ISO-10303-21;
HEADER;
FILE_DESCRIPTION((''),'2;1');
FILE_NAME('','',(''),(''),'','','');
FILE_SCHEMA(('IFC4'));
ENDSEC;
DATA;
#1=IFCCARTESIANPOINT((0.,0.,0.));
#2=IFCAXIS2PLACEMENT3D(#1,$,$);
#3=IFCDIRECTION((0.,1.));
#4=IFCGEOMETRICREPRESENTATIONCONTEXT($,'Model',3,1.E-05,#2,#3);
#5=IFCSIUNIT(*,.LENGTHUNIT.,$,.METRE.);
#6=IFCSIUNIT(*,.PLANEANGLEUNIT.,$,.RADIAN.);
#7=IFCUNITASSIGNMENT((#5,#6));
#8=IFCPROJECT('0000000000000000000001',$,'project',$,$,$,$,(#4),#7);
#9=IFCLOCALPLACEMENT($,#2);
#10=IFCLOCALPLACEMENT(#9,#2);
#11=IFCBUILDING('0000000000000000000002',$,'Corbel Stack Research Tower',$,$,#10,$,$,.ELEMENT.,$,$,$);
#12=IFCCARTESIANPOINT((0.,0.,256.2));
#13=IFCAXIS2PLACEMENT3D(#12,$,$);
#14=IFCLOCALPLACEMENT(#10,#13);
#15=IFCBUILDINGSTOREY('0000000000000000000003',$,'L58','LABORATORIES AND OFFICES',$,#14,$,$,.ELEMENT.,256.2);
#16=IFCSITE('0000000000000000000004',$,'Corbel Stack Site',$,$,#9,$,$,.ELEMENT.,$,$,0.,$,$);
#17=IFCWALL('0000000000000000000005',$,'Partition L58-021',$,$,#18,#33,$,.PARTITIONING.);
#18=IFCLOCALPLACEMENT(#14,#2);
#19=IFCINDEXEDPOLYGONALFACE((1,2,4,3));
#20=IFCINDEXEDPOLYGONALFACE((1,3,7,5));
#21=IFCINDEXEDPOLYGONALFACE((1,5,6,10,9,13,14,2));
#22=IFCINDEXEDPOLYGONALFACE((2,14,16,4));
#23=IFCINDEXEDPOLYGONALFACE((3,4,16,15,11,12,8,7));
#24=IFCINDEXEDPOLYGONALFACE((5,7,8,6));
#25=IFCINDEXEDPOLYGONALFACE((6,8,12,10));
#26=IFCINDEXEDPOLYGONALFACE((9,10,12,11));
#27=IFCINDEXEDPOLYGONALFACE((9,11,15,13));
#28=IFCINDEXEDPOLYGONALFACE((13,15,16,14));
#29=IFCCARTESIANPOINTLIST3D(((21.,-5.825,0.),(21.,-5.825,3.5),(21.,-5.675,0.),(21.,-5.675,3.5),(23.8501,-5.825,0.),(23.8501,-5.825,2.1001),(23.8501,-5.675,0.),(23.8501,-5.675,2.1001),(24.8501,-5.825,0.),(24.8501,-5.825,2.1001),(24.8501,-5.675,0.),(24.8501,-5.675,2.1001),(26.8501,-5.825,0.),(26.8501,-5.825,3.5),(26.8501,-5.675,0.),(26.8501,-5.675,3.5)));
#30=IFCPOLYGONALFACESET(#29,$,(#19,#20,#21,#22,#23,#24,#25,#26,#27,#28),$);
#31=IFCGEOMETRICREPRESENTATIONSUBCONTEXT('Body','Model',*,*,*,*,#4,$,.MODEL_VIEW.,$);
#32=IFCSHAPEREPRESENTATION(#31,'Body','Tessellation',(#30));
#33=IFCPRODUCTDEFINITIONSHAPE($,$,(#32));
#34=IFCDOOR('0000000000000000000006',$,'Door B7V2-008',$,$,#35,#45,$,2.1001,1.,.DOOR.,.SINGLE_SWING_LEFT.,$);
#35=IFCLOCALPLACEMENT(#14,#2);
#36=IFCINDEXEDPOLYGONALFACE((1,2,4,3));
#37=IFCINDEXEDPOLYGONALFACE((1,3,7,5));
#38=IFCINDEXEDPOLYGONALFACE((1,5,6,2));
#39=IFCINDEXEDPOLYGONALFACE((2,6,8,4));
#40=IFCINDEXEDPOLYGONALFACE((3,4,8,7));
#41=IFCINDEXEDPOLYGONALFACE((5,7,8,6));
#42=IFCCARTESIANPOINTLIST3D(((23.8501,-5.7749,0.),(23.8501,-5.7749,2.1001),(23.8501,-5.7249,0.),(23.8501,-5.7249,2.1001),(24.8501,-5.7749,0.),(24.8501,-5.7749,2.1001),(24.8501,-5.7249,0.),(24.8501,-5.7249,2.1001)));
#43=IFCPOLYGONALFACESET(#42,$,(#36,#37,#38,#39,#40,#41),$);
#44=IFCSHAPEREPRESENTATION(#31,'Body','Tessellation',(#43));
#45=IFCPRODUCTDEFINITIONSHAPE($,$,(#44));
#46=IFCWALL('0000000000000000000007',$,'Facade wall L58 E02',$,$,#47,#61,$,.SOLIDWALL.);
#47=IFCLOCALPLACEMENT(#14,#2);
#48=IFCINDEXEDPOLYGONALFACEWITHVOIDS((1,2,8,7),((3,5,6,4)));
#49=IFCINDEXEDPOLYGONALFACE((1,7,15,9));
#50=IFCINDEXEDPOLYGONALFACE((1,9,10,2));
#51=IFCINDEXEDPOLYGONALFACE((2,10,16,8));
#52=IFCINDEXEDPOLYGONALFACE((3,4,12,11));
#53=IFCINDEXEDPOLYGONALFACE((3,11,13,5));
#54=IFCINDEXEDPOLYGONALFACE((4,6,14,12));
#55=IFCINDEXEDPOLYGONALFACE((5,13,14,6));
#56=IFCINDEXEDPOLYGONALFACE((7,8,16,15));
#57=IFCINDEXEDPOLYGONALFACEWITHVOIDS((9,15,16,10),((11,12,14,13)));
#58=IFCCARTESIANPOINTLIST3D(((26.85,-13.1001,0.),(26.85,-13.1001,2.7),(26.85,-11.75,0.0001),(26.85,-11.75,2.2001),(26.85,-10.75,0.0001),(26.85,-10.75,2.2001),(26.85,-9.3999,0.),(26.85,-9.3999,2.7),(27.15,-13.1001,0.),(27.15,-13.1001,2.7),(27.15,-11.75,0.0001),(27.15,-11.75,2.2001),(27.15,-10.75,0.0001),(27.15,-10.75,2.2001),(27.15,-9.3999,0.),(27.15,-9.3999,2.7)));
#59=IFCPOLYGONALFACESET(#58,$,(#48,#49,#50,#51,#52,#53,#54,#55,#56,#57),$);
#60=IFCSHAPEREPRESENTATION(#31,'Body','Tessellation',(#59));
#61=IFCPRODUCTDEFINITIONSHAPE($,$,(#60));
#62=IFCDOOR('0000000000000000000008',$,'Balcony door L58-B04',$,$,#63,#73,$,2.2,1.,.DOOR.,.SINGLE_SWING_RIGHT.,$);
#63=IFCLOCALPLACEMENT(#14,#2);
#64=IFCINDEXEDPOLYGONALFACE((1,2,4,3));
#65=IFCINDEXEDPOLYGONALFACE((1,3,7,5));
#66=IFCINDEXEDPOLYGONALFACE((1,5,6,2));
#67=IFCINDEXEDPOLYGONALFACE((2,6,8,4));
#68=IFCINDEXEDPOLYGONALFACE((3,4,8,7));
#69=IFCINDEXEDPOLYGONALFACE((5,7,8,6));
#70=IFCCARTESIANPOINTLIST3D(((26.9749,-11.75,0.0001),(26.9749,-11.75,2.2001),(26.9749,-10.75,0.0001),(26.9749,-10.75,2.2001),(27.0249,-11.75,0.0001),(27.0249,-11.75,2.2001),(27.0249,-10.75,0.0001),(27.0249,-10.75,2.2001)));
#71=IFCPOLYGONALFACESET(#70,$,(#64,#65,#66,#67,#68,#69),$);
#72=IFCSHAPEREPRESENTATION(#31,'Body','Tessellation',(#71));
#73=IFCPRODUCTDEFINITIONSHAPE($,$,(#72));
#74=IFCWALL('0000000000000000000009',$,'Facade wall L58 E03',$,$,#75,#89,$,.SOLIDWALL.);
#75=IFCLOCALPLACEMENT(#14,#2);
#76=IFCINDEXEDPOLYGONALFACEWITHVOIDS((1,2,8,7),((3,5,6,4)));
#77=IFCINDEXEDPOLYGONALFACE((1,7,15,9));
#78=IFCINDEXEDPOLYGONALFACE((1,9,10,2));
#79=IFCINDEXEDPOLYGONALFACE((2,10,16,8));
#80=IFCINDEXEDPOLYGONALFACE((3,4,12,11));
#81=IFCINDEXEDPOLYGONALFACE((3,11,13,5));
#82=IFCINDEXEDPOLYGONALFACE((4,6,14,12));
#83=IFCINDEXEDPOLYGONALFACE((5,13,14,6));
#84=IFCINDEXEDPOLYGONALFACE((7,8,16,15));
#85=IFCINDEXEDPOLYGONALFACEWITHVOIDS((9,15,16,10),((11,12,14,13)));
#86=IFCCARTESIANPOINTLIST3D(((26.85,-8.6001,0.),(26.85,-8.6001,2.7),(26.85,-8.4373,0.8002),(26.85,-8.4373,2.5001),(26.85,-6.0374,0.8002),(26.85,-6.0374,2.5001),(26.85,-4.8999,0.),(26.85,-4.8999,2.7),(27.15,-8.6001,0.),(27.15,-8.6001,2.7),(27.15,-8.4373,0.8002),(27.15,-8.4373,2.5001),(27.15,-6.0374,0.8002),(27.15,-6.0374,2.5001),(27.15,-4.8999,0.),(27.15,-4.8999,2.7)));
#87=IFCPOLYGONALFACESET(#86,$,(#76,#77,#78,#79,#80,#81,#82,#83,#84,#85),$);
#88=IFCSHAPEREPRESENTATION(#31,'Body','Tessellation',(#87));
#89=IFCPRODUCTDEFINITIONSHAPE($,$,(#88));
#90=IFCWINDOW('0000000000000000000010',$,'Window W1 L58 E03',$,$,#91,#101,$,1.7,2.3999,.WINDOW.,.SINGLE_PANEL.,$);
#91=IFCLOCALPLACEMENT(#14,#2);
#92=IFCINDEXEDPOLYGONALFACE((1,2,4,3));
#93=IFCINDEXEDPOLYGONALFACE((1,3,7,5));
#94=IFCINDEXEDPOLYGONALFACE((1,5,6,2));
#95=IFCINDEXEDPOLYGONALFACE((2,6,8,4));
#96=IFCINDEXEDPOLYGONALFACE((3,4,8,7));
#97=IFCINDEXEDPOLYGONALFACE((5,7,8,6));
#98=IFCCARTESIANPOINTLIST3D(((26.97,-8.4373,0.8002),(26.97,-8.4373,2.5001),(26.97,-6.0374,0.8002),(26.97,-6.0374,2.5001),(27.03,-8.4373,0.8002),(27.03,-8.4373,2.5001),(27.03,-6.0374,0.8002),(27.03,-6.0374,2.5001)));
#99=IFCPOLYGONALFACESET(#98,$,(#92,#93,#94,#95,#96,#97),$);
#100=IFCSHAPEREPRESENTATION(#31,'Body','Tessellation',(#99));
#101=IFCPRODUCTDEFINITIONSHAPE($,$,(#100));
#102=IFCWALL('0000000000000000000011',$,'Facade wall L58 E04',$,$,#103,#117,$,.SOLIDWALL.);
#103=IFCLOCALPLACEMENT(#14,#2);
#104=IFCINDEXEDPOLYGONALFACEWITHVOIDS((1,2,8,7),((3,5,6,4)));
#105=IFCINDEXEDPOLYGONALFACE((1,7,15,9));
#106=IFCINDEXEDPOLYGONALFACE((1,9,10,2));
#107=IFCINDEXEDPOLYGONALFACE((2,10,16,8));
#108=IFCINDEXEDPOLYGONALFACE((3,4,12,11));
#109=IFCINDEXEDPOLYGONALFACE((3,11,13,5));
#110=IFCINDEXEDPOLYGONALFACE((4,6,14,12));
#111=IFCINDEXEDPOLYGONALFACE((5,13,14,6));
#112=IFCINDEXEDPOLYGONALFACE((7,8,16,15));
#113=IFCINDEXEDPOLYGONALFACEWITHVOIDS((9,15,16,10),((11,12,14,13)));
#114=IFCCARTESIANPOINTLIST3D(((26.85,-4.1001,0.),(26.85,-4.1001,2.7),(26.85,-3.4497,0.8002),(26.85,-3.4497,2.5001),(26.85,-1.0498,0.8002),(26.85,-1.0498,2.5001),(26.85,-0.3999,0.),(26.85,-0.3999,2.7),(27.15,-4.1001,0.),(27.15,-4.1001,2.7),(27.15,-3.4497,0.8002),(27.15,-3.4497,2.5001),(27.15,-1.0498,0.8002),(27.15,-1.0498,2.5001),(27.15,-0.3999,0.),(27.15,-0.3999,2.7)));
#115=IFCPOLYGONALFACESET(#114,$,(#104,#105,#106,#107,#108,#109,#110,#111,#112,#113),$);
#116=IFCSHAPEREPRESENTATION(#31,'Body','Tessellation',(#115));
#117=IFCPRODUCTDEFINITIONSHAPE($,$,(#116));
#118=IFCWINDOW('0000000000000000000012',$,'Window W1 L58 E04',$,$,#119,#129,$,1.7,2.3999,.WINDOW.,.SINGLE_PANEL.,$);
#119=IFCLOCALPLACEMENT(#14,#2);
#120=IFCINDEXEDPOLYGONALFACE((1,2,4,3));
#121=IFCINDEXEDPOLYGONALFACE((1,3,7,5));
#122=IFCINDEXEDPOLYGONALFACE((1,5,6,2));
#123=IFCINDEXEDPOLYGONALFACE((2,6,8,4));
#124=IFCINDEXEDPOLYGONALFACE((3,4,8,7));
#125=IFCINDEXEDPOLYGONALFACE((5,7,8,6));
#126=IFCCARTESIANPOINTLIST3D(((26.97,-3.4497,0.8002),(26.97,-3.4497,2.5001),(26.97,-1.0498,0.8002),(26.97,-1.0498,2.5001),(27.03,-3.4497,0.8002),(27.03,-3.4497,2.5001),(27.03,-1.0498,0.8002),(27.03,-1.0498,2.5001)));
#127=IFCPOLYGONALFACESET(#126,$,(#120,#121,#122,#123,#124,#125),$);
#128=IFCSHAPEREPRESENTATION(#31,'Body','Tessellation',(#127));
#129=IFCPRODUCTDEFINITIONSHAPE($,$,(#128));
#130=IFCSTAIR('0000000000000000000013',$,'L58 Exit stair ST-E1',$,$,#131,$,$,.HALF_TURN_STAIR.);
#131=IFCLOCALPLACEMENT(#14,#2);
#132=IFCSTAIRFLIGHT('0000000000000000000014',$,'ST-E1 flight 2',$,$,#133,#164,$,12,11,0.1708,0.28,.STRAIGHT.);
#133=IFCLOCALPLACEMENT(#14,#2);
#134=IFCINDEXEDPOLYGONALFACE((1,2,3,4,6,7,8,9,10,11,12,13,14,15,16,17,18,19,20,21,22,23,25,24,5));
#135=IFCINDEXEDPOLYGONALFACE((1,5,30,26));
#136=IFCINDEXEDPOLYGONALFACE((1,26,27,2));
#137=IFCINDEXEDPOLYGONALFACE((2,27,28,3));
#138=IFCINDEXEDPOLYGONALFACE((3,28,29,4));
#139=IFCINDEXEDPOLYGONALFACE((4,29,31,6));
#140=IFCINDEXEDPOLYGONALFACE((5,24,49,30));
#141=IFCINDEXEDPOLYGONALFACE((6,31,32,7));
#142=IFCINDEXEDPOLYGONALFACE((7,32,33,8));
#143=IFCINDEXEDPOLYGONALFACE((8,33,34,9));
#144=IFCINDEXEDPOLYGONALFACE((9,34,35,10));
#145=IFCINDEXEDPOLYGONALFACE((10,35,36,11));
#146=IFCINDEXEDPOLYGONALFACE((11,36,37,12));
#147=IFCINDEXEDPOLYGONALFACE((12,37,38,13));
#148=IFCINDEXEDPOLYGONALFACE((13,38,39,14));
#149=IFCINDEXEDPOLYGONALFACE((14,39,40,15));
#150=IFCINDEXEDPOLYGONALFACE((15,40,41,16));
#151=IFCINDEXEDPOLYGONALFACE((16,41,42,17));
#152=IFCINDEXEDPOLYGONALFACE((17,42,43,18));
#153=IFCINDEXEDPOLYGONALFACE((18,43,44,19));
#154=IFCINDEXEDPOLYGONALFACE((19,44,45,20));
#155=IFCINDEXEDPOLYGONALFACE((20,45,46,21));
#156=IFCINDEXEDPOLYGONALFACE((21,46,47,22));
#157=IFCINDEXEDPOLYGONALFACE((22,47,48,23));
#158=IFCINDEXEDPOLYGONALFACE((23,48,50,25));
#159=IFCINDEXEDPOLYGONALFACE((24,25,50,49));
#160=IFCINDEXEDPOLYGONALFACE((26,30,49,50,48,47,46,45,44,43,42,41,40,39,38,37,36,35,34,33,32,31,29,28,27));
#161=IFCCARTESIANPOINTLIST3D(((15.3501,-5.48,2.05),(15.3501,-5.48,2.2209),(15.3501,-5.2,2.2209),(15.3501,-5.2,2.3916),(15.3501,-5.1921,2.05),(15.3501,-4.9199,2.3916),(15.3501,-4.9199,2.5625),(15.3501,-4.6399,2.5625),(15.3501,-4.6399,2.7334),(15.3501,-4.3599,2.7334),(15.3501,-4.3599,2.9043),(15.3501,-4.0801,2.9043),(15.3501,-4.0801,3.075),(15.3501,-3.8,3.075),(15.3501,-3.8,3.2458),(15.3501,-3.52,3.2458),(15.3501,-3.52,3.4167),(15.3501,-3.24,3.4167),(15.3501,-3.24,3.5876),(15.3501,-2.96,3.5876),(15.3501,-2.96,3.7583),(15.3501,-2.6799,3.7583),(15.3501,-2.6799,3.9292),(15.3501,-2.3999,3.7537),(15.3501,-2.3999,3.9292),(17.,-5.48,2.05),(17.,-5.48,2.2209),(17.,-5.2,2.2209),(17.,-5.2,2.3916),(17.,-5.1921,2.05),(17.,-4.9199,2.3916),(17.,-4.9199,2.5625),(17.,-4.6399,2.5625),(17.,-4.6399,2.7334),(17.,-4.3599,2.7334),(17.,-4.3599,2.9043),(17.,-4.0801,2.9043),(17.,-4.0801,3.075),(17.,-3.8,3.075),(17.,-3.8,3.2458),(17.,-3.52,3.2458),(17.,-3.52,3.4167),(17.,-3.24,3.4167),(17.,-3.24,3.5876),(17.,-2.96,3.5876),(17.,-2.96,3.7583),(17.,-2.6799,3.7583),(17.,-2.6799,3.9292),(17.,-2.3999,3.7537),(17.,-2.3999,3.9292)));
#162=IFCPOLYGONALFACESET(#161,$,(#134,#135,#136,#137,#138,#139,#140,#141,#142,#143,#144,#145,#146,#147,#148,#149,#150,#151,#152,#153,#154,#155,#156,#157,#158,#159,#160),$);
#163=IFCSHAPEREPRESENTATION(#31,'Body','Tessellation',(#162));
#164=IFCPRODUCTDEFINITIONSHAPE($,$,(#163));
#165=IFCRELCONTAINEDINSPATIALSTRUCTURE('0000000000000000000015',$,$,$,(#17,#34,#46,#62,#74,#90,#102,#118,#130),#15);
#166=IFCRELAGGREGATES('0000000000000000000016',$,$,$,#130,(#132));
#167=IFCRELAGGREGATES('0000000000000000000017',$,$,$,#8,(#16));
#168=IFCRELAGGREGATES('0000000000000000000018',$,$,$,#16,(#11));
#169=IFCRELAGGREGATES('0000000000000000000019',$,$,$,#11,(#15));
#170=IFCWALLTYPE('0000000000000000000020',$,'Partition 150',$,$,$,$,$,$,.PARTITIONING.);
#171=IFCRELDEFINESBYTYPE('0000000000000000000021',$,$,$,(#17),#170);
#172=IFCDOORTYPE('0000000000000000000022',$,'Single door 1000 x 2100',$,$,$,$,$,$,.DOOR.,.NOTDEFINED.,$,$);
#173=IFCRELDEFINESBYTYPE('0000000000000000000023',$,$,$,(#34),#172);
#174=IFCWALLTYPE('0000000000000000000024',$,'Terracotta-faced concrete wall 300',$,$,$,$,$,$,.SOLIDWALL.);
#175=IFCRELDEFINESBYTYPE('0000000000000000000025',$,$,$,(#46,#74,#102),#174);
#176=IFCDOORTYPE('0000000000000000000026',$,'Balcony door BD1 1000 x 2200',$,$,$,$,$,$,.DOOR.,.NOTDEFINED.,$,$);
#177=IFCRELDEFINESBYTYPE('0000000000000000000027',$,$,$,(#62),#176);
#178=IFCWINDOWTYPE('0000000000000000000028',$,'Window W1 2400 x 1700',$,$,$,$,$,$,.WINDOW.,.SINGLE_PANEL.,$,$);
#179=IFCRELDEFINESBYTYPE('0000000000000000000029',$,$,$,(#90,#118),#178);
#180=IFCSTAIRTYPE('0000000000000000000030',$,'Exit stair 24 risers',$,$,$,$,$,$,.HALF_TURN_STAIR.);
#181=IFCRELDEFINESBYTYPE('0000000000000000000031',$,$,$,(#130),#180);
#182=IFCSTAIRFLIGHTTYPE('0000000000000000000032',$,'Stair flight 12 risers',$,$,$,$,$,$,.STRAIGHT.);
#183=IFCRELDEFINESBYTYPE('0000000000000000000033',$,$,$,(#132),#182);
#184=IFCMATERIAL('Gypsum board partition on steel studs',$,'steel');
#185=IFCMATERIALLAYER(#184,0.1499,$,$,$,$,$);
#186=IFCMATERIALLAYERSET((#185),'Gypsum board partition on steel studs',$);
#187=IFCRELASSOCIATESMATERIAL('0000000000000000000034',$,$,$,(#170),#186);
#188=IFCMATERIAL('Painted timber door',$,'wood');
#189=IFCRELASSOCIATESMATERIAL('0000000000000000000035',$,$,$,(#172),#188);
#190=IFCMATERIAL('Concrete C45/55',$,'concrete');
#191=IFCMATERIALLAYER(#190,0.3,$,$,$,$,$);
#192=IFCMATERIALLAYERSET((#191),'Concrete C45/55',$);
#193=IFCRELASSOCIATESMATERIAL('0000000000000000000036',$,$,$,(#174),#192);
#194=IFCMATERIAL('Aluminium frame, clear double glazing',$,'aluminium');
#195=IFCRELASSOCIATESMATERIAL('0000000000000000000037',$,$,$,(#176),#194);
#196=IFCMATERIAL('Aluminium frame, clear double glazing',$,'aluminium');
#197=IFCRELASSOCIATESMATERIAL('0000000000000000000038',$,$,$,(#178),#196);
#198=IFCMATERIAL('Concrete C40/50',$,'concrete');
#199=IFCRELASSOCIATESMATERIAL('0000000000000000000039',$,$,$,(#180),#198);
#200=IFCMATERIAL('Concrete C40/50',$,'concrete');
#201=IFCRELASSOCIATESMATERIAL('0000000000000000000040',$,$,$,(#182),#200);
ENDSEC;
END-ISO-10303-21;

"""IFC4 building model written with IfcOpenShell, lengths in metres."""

from ifc_helpers import new_model, si_unit, direction, frame, frame_2d, origin, place, context, subcontext, project, spatial, polyline, rectangle, outline, extrude, material, layer, layer_set, type_object, element, fill, aggregate, save


model = new_model("IFC4")

# Units and contexts
model_context = context("Model", 3, precision=1e-05, world=origin(), true_north=direction((0.0, 1.0)))
body_context = subcontext(model_context, "Body", "Model", "MODEL_VIEW")
ifc_project = project(units=[si_unit("LENGTHUNIT", "METRE"), si_unit("PLANEANGLEUNIT", "RADIAN")], contexts=[model_context])

# Site, building, storey
site_placement = place(None, origin())
site = spatial("IfcSite", under=ifc_project, at=site_placement, Name="Corbel Stack Site", CompositionType="ELEMENT", RefElevation=0.0)
building_placement = place(site_placement, origin())
building = spatial("IfcBuilding", under=site, at=building_placement, Name="Corbel Stack Research Tower", CompositionType="ELEMENT")
storey_placement = place(building_placement, frame((0.0, 0.0, 256.2)))
storey = spatial("IfcBuildingStorey", under=building, at=storey_placement, Name="L58", Description="LABORATORIES AND OFFICES", CompositionType="ELEMENT", Elevation=256.2)

# Walls, openings, doors
ifc_material_1 = material(Name="Gypsum board partition on steel studs", Category="steel")
ifc_layer_1 = layer(ifc_material_1, 0.1499)
ifc_layer_set_1 = layer_set([ifc_layer_1], Name="Gypsum board partition on steel studs")
wall_type_1 = type_object("IfcWallType", Name="Partition 150", PredefinedType="PARTITIONING", material=ifc_layer_set_1)
wall_1_placement = place(storey_placement, frame((26.8501, -5.75, 0.0), z_axis=(0.0, 0.0, 1.0), x_axis=(-1.0, 0.0, 0.0)))
wall_1 = element("IfcWall", 1, at=wall_1_placement, inside=storey, type_object=wall_type_1, Name="Partition L58-021", PredefinedType="PARTITIONING", context=body_context, shape_type="SweptSolid", body=[
    extrude(rectangle(XDim=5.8501, YDim=0.1499, at=frame_2d((2.925, 0.0))), origin(), (0.0, 0.0, 1.0), 3.5),
])
opening_1_placement = place(wall_1_placement, frame((2.0, 0.0, 0.0)))
opening_1 = element("IfcOpeningElement", 2, at=opening_1_placement, cuts=wall_1, PredefinedType="OPENING", context=body_context, shape_type="SweptSolid", body=[
    extrude(rectangle(XDim=1.0, YDim=2.1001, at=frame_2d((0.5, 1.05))), frame((0.0, 0.085, 0.0), z_axis=(0.0, -1.0, 0.0), x_axis=(1.0, 0.0, 0.0)), (0.0, 0.0, 1.0), 0.1699),
])
ifc_material_2 = material(Name="Painted timber door", Category="wood")
door_type_1 = type_object("IfcDoorType", Name="Single door 1000 x 2100", OperationType="NOTDEFINED", PredefinedType="DOOR", material=ifc_material_2)
door_1_placement = place(opening_1_placement, origin())
door_1 = element("IfcDoor", 3, at=door_1_placement, inside=storey, type_object=door_type_1, Name="Door B7V2-008", OperationType="SINGLE_SWING_LEFT", OverallHeight=2.1001, OverallWidth=1.0, PredefinedType="DOOR", context=body_context, shape_type="SweptSolid", body=[
    extrude(rectangle(XDim=1.0, YDim=2.1001, at=frame_2d((0.5, 1.05))), frame((0.0, 0.0249, 0.0), z_axis=(0.0, -1.0, 0.0), x_axis=(1.0, 0.0, 0.0)), (0.0, 0.0, 1.0), 0.05),
])
fill(opening_1, door_1)
ifc_material_3 = material(Name="Concrete C45/55", Category="concrete")
ifc_layer_2 = layer(ifc_material_3, 0.3)
ifc_layer_set_2 = layer_set([ifc_layer_2], Name="Concrete C45/55")
wall_type_2 = type_object("IfcWallType", Name="Terracotta-faced concrete wall 300", PredefinedType="SOLIDWALL", material=ifc_layer_set_2)
wall_2_placement = place(storey_placement, frame((27.0, -9.3999, 0.0), z_axis=(0.0, 0.0, 1.0), x_axis=(0.0, -1.0, 0.0)))
wall_2 = element("IfcWall", 4, at=wall_2_placement, inside=storey, type_object=wall_type_2, Name="Facade wall L58 E02", PredefinedType="SOLIDWALL", context=body_context, shape_type="SweptSolid", body=[
    extrude(rectangle(XDim=3.7002, YDim=0.3, at=frame_2d((1.8501, 0.0))), origin(), (0.0, 0.0, 1.0), 2.7),
])
opening_2_placement = place(wall_2_placement, frame((1.3501, 0.0, 0.0)))
opening_2 = element("IfcOpeningElement", 5, at=opening_2_placement, cuts=wall_2, PredefinedType="OPENING", context=body_context, shape_type="SweptSolid", body=[
    extrude(rectangle(XDim=1.0, YDim=2.2, at=frame_2d((0.5, 1.1001))), frame((0.0, 0.1599, 0.0), z_axis=(0.0, -1.0, 0.0), x_axis=(1.0, 0.0, 0.0)), (0.0, 0.0, 1.0), 0.3201),
])
ifc_material_4 = material(Name="Aluminium frame, clear double glazing", Category="aluminium")
door_type_2 = type_object("IfcDoorType", Name="Balcony door BD1 1000 x 2200", OperationType="NOTDEFINED", PredefinedType="DOOR", material=ifc_material_4)
door_2_placement = place(opening_2_placement, origin())
door_2 = element("IfcDoor", 6, at=door_2_placement, inside=storey, type_object=door_type_2, Name="Balcony door L58-B04", OperationType="SINGLE_SWING_RIGHT", OverallHeight=2.2, OverallWidth=1.0, PredefinedType="DOOR", context=body_context, shape_type="SweptSolid", body=[
    extrude(rectangle(XDim=1.0, YDim=2.2, at=frame_2d((0.5, 1.1001))), frame((0.0, 0.0249, 0.0), z_axis=(0.0, -1.0, 0.0), x_axis=(1.0, 0.0, 0.0)), (0.0, 0.0, 1.0), 0.05),
])
fill(opening_2, door_2)

# Walls, openings, windows
wall_3_placement = place(storey_placement, frame((27.0, -4.8999, 0.0), z_axis=(0.0, 0.0, 1.0), x_axis=(0.0, -1.0, 0.0)))
wall_3 = element("IfcWall", 7, at=wall_3_placement, inside=storey, type_object=wall_type_2, Name="Facade wall L58 E03", PredefinedType="SOLIDWALL", context=body_context, shape_type="SweptSolid", body=[
    extrude(rectangle(XDim=3.7002, YDim=0.3, at=frame_2d((1.8501, 0.0))), origin(), (0.0, 0.0, 1.0), 2.7),
])
opening_3_placement = place(wall_3_placement, frame((1.1375, 0.0, 0.8)))
opening_3 = element("IfcOpeningElement", 8, at=opening_3_placement, cuts=wall_3, PredefinedType="OPENING", context=body_context, shape_type="SweptSolid", body=[
    extrude(rectangle(XDim=2.3999, YDim=1.7, at=frame_2d((1.2, 0.8501))), frame((0.0, 0.1599, 0.0), z_axis=(0.0, -1.0, 0.0), x_axis=(1.0, 0.0, 0.0)), (0.0, 0.0, 1.0), 0.3201),
])
ifc_material_5 = material(Name="Aluminium frame, clear double glazing", Category="aluminium")
window_type = type_object("IfcWindowType", Name="Window W1 2400 x 1700", PartitioningType="SINGLE_PANEL", PredefinedType="WINDOW", material=ifc_material_5)
window_1_placement = place(opening_3_placement, origin())
window_1 = element("IfcWindow", 9, at=window_1_placement, inside=storey, type_object=window_type, Name="Window W1 L58 E03", OverallHeight=1.7, OverallWidth=2.3999, PartitioningType="SINGLE_PANEL", PredefinedType="WINDOW", context=body_context, shape_type="SweptSolid", body=[
    extrude(rectangle(XDim=2.3999, YDim=1.7, at=frame_2d((1.2, 0.8501))), frame((0.0, 0.03, 0.0), z_axis=(0.0, -1.0, 0.0), x_axis=(1.0, 0.0, 0.0)), (0.0, 0.0, 1.0), 0.0601),
])
fill(opening_3, window_1)
wall_4_placement = place(storey_placement, frame((27.0, -0.3999, 0.0), z_axis=(0.0, 0.0, 1.0), x_axis=(0.0, -1.0, 0.0)))
wall_4 = element("IfcWall", 10, at=wall_4_placement, inside=storey, type_object=wall_type_2, Name="Facade wall L58 E04", PredefinedType="SOLIDWALL", context=body_context, shape_type="SweptSolid", body=[
    extrude(rectangle(XDim=3.7002, YDim=0.3, at=frame_2d((1.8501, 0.0))), origin(), (0.0, 0.0, 1.0), 2.7),
])
opening_4_placement = place(wall_4_placement, frame((0.6499, 0.0, 0.8)))
opening_4 = element("IfcOpeningElement", 11, at=opening_4_placement, cuts=wall_4, PredefinedType="OPENING", context=body_context, shape_type="SweptSolid", body=[
    extrude(rectangle(XDim=2.3999, YDim=1.7, at=frame_2d((1.2, 0.8501))), frame((0.0, 0.1599, 0.0), z_axis=(0.0, -1.0, 0.0), x_axis=(1.0, 0.0, 0.0)), (0.0, 0.0, 1.0), 0.3201),
])
window_2_placement = place(opening_4_placement, origin())
window_2 = element("IfcWindow", 12, at=window_2_placement, inside=storey, type_object=window_type, Name="Window W1 L58 E04", OverallHeight=1.7, OverallWidth=2.3999, PartitioningType="SINGLE_PANEL", PredefinedType="WINDOW", context=body_context, shape_type="SweptSolid", body=[
    extrude(rectangle(XDim=2.3999, YDim=1.7, at=frame_2d((1.2, 0.8501))), frame((0.0, 0.03, 0.0), z_axis=(0.0, -1.0, 0.0), x_axis=(1.0, 0.0, 0.0)), (0.0, 0.0, 1.0), 0.0601),
])
fill(opening_4, window_2)

# Stair, stair flight
ifc_material_6 = material(Name="Concrete C40/50", Category="concrete")
stair_type = type_object("IfcStairType", Name="Exit stair 24 risers", PredefinedType="HALF_TURN_STAIR", material=ifc_material_6)
stair_placement = place(storey_placement, origin())
stair = element("IfcStair", 13, at=stair_placement, inside=storey, type_object=stair_type, Name="L58 Exit stair ST-E1", PredefinedType="HALF_TURN_STAIR")
ifc_material_7 = material(Name="Concrete C40/50", Category="concrete")
stair_flight_type = type_object("IfcStairFlightType", Name="Stair flight 12 risers", PredefinedType="STRAIGHT", material=ifc_material_7)
stair_flight_placement = place(storey_placement, frame((16.175, -5.48, 2.05), z_axis=(0.0, 0.0, 1.0), x_axis=(0.0, 1.0, 0.0)))
stair_flight = element("IfcStairFlight", 14, at=stair_flight_placement, type_object=stair_flight_type, Name="ST-E1 flight 2", NumberOfRisers=12, NumberOfTreads=11, PredefinedType="STRAIGHT", RiserHeight=0.1708, TreadLength=0.28, context=body_context, shape_type="SweptSolid", body=[
    extrude(outline(polyline([(0.0, 0.0), (0.0, 0.1709), (0.28, 0.1709), (0.28, 0.3416), (0.5601, 0.3416), (0.5601, 0.5125), (0.8401, 0.5125), (0.8401, 0.6833), (1.1201, 0.6833), (1.1201, 0.8542), (1.3999, 0.8542), (1.3999, 1.0249), (1.6799, 1.0249), (1.6799, 1.1958), (1.96, 1.1958), (1.96, 1.3667), (2.24, 1.3667), (2.24, 1.5376), (2.52, 1.5376), (2.52, 1.7083), (2.8, 1.7083), (2.8, 1.8792), (3.0801, 1.8792), (3.0801, 2.05), (3.0801, 1.7036), (0.2878, 0.0), (0.0, 0.0)])), frame((0.0, 0.825, 0.0), z_axis=(0.0, -1.0, 0.0), x_axis=(1.0, 0.0, 0.0)), (0.0, 0.0, 1.0), 1.6499),
])
aggregate(stair, [stair_flight])

save(model, "model.ifc")
